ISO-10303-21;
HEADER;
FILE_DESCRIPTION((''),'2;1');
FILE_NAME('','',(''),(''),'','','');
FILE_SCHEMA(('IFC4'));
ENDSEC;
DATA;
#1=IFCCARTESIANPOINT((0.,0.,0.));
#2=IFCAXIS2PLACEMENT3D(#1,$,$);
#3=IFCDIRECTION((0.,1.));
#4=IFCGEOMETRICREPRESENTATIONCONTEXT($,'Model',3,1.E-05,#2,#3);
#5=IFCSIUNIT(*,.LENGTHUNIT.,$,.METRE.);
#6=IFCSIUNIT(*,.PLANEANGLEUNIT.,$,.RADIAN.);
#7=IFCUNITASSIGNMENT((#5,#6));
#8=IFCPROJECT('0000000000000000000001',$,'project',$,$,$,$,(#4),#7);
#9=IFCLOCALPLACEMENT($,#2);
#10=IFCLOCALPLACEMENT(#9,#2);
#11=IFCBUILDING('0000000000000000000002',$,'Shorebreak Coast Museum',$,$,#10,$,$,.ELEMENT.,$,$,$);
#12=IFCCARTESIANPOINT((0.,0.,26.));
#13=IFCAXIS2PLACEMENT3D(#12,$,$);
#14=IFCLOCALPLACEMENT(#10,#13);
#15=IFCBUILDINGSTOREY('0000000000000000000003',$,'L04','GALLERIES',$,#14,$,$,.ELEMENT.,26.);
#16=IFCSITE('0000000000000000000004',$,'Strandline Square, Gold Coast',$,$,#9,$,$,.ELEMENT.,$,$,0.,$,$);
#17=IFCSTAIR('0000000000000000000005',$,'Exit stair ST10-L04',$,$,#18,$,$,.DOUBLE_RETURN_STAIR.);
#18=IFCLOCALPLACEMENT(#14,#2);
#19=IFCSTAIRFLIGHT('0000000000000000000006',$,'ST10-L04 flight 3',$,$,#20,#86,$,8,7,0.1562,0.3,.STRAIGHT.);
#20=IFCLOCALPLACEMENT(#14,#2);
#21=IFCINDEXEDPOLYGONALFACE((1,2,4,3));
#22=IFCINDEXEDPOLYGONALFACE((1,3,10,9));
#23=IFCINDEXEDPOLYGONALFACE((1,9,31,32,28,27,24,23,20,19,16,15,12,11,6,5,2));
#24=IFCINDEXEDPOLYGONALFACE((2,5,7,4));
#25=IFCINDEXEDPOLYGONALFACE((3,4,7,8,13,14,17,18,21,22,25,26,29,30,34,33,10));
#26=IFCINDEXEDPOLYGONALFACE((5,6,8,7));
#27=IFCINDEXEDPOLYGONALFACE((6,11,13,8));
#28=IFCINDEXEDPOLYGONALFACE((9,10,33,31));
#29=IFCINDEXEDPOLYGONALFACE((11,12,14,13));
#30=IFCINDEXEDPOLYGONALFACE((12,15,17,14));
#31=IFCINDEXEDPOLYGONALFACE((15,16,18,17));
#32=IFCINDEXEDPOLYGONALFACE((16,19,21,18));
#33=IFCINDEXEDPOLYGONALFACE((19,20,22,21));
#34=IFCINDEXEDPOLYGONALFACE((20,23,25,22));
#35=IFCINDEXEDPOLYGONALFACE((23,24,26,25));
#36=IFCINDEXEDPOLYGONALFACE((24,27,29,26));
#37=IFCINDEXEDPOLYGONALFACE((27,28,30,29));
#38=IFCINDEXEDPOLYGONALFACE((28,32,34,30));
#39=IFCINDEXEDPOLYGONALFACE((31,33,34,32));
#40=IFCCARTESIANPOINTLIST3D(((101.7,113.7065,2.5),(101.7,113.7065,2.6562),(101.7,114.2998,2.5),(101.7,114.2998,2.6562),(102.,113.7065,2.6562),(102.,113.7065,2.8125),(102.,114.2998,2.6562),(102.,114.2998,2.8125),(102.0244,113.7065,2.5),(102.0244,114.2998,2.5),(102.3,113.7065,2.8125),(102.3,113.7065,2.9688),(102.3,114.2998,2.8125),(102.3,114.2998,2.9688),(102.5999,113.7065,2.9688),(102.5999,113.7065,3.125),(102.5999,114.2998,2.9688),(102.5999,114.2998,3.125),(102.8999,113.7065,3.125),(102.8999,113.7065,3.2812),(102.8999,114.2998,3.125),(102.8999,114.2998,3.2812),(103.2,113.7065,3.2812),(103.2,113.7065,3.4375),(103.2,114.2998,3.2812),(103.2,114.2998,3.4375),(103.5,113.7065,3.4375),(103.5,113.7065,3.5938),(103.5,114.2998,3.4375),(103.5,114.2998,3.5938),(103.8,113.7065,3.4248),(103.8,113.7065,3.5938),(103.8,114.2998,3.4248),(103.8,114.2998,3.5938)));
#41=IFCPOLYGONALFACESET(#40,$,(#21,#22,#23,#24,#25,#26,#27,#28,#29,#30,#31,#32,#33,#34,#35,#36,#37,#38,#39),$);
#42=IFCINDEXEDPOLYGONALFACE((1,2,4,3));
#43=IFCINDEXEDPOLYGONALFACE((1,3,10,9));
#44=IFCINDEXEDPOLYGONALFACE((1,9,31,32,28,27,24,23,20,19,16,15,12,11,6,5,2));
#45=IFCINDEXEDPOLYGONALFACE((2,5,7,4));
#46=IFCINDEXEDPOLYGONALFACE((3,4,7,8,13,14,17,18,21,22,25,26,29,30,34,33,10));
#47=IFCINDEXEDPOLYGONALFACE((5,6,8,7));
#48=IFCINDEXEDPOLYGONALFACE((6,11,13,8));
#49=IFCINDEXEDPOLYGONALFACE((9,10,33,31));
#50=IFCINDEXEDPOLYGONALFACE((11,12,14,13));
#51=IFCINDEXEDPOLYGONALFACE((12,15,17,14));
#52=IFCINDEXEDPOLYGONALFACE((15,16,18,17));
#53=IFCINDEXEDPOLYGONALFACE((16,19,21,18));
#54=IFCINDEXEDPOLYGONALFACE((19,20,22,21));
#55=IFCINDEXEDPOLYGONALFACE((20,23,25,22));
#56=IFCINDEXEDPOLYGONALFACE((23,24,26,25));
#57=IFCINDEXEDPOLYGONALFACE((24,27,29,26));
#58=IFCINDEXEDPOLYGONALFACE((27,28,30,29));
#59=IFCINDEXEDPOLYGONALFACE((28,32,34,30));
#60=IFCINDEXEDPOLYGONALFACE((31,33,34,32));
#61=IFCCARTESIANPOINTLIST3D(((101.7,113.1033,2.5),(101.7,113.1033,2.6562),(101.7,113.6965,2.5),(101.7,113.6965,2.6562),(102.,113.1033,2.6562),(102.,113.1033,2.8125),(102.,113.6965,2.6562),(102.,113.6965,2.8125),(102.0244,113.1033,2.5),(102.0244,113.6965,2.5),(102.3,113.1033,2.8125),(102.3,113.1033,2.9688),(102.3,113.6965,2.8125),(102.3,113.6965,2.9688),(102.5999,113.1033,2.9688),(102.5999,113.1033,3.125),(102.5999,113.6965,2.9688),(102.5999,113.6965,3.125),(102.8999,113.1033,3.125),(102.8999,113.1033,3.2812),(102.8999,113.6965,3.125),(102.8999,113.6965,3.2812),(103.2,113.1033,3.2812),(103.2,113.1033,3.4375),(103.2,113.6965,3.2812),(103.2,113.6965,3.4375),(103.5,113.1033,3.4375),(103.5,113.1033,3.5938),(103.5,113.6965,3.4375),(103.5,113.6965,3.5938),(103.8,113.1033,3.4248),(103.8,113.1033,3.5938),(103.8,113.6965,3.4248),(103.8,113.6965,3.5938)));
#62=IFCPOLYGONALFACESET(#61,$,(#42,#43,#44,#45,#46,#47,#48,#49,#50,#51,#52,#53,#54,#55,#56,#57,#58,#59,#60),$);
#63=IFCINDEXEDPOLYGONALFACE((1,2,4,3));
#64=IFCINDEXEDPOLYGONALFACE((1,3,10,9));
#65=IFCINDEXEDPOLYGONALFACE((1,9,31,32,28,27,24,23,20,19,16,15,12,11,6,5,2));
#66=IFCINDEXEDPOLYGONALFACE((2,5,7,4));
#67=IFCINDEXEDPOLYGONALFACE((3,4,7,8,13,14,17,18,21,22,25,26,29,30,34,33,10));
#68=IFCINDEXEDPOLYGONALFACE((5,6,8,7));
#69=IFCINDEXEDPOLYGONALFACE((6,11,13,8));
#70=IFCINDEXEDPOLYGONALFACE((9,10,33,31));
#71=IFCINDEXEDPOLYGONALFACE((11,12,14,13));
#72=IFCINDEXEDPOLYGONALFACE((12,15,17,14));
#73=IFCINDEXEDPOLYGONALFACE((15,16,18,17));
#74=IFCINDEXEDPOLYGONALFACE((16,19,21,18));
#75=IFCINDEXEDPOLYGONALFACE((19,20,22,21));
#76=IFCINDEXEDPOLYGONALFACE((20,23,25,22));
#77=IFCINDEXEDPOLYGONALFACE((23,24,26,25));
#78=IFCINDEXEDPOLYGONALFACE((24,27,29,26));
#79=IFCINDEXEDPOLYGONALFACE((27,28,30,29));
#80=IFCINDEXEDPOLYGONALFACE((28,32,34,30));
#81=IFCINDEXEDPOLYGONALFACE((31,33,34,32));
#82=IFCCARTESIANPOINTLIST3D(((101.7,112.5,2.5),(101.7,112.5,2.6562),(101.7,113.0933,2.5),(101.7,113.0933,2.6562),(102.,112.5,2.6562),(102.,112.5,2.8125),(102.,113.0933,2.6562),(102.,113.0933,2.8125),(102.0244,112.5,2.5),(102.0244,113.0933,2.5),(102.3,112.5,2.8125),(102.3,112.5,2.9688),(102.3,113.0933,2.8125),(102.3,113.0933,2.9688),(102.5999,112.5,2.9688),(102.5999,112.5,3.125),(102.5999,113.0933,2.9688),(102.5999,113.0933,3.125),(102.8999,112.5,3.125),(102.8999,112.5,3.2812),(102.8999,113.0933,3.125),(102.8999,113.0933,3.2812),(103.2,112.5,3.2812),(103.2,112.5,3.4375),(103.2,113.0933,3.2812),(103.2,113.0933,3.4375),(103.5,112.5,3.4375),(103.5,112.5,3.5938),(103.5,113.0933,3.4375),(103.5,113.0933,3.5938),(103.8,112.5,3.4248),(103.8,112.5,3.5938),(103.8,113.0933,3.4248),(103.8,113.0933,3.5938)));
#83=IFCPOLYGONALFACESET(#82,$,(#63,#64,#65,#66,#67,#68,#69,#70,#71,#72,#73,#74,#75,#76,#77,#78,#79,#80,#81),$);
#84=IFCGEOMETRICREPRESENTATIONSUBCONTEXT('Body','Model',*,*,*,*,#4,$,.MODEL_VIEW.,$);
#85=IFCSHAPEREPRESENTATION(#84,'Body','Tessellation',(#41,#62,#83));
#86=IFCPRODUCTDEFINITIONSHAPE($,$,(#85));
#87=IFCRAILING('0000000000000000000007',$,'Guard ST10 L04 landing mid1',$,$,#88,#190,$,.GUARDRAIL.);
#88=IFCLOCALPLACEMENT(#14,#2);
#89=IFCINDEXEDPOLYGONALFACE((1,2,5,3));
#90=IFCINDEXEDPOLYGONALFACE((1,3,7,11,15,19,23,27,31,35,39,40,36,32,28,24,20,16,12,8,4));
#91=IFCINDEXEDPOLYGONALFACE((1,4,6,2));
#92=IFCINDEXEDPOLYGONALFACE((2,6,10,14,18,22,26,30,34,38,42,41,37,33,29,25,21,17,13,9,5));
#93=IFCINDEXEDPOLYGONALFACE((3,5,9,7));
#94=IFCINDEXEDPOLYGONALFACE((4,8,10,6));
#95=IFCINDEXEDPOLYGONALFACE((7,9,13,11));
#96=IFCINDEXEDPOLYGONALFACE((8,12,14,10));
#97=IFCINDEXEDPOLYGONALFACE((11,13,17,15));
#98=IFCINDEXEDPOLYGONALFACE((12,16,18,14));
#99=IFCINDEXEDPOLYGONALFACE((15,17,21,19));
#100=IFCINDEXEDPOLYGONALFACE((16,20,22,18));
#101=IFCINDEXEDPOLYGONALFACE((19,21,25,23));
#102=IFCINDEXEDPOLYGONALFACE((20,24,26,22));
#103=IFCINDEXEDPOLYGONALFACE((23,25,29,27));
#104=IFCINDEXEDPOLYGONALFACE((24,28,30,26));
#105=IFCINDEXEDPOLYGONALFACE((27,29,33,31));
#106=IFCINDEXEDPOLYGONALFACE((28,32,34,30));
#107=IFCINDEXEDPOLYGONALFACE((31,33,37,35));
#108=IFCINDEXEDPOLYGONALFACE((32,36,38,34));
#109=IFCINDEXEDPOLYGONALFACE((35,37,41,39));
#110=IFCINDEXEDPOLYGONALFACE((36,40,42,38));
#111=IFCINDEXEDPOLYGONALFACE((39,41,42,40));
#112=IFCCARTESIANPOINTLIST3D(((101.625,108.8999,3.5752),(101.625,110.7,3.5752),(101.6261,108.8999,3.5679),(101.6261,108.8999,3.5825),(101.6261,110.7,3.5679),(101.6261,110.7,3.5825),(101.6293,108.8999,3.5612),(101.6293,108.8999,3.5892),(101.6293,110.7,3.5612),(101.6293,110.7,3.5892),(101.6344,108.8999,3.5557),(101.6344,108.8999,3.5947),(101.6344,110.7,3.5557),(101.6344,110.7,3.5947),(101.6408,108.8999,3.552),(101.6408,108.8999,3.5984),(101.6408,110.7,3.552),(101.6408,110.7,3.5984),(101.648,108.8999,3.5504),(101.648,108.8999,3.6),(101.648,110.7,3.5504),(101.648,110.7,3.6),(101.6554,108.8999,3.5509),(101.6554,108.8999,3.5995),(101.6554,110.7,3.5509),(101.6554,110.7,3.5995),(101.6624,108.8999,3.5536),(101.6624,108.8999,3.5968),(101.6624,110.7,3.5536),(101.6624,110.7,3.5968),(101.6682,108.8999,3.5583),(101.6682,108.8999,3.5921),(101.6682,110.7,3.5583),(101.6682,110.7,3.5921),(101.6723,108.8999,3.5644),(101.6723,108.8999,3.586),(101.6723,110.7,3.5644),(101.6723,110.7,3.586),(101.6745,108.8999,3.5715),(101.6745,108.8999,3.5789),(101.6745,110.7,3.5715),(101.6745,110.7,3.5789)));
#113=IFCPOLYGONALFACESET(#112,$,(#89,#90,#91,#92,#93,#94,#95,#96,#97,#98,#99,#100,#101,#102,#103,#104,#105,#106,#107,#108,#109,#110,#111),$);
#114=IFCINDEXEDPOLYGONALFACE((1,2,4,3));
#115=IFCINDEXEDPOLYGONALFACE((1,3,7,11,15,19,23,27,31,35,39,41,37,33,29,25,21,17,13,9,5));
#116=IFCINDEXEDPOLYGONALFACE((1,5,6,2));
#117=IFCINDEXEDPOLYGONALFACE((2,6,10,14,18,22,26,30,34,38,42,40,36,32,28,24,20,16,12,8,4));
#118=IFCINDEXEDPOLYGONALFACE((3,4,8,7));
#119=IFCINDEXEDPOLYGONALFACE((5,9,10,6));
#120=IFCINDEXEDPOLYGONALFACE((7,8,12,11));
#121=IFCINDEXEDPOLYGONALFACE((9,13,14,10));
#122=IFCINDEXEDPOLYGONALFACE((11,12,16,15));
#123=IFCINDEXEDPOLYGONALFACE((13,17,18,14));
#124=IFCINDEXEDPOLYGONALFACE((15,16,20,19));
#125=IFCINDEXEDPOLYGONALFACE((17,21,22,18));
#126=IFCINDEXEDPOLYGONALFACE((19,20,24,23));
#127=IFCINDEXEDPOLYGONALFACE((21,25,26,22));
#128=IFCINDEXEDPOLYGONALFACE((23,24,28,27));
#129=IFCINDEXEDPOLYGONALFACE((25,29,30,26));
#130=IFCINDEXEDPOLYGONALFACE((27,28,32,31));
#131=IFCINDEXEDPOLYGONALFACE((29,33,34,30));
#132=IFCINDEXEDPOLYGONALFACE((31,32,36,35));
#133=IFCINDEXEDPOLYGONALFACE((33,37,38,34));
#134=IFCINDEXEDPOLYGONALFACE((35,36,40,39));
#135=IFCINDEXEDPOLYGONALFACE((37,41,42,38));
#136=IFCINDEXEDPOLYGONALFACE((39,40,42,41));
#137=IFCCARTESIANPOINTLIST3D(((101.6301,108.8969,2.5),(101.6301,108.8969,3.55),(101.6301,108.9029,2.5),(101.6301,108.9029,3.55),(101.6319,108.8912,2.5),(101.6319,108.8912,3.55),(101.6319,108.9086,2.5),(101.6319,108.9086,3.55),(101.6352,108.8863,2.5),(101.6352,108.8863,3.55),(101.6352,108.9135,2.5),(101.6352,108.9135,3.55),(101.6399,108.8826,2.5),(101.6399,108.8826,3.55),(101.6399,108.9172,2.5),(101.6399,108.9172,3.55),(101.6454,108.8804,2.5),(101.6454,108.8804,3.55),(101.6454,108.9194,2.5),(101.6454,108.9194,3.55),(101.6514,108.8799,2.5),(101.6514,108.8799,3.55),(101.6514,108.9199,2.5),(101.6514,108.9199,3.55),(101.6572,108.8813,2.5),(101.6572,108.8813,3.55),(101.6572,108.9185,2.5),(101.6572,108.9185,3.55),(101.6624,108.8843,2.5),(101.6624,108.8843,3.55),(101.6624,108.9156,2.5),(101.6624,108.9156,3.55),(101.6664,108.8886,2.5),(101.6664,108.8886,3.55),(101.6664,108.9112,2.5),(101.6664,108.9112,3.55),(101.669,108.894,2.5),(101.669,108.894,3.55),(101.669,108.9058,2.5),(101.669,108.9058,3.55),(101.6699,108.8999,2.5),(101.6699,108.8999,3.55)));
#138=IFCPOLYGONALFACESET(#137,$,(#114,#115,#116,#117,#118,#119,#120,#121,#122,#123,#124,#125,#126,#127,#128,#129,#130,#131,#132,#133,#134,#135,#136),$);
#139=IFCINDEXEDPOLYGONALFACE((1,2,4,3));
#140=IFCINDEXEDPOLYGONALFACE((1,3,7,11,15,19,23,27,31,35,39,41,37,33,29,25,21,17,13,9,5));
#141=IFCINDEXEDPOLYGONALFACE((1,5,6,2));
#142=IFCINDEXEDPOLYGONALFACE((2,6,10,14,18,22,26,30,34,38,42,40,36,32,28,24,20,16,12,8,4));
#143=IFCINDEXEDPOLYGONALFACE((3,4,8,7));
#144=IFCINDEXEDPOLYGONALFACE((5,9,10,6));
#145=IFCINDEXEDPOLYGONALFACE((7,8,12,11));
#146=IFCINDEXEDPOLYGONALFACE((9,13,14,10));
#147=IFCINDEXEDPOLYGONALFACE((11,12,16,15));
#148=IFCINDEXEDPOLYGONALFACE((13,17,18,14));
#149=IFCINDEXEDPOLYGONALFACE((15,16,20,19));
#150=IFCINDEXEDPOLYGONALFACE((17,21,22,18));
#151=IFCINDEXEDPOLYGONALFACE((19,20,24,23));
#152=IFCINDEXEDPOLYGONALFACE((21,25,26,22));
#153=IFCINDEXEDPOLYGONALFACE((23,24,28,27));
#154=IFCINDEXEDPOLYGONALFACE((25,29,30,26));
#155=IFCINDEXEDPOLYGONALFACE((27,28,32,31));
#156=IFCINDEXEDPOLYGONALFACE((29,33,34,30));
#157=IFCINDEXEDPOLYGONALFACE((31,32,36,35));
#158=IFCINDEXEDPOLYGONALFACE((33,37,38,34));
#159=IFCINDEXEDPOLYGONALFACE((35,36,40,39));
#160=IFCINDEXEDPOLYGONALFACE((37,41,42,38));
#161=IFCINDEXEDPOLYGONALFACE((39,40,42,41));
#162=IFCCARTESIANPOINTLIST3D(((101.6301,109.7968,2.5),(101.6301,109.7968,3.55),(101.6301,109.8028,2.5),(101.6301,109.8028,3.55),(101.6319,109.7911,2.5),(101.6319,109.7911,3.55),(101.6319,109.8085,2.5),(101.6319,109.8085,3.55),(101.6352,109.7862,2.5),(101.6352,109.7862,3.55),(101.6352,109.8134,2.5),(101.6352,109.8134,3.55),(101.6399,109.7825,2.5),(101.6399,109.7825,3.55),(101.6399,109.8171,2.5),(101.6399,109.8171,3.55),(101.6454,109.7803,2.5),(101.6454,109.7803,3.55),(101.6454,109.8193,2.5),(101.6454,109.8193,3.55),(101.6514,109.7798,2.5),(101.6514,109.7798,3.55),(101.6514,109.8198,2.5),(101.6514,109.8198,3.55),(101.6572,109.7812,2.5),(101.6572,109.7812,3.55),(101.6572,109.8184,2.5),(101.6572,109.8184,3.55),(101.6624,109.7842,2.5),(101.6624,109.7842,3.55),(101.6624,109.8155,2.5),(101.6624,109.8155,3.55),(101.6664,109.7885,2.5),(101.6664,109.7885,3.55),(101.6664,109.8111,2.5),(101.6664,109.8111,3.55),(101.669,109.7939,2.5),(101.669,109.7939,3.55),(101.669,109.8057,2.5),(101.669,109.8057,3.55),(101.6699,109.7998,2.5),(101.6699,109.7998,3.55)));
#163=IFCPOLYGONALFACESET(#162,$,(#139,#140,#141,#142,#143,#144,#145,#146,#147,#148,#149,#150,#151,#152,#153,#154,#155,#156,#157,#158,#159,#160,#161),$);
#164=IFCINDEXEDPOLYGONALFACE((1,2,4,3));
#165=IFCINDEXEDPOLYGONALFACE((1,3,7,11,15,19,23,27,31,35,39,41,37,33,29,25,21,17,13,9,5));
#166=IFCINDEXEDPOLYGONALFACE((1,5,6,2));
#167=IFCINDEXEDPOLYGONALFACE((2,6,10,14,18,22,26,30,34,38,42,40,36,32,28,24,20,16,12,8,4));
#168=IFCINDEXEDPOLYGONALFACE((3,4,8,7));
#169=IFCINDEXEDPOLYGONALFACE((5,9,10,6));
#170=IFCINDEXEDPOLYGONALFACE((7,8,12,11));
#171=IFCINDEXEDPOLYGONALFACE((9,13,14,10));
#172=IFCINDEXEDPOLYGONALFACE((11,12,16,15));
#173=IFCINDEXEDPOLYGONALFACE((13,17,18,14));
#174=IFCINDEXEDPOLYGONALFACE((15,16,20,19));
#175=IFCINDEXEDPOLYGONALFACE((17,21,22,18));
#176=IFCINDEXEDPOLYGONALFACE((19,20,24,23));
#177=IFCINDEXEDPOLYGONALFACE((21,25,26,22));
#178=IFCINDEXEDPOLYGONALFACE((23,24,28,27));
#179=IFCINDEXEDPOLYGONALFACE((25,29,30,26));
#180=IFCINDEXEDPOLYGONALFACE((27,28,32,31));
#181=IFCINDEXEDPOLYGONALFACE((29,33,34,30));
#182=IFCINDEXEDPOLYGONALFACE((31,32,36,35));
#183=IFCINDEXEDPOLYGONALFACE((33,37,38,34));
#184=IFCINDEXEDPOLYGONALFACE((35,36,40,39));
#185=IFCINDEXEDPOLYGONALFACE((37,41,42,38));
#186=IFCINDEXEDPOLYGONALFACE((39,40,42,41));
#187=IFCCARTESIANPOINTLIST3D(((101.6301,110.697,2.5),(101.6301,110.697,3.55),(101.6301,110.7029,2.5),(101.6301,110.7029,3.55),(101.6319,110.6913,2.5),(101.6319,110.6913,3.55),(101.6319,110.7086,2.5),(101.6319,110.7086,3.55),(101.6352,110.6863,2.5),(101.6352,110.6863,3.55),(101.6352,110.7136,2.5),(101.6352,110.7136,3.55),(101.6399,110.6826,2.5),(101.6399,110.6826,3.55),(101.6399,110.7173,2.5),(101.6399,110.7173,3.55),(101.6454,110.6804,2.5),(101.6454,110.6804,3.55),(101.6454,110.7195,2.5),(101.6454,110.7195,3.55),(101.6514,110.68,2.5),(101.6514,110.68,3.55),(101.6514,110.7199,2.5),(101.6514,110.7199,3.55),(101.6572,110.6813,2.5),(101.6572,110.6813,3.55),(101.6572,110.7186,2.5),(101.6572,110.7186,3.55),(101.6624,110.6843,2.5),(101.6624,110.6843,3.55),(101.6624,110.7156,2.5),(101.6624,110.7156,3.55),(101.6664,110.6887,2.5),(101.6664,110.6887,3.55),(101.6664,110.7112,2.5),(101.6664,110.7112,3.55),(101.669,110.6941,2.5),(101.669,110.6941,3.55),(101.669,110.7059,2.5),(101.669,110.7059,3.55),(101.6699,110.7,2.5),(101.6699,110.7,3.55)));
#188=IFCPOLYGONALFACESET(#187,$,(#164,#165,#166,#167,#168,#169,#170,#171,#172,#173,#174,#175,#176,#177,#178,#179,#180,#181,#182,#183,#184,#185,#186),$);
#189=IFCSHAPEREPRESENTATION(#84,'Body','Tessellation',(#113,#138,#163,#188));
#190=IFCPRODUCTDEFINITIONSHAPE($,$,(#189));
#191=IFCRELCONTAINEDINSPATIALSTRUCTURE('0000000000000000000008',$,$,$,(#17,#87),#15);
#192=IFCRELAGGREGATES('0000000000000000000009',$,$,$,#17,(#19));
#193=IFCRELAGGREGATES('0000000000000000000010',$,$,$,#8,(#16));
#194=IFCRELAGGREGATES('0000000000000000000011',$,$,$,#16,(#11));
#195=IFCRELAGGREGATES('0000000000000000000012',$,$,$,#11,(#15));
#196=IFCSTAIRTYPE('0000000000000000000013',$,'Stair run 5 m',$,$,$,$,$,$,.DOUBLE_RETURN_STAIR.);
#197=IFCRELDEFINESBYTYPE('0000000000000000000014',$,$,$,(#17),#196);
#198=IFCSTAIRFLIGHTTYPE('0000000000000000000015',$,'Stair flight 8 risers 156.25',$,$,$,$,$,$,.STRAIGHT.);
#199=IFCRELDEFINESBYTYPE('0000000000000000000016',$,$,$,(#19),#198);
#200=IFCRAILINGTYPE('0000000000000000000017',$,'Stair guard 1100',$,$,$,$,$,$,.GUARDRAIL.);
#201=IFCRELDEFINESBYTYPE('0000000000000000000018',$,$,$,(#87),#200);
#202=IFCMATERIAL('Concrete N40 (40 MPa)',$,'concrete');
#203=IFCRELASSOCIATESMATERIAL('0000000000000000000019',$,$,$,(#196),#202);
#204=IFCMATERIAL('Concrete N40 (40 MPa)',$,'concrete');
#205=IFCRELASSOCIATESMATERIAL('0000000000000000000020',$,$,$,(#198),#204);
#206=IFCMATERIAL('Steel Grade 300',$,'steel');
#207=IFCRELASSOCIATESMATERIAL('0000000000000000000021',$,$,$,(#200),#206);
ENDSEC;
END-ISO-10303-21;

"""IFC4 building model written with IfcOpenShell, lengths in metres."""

from ifc_helpers import new_model, si_unit, direction, frame, origin, origin_2d, place, context, subcontext, project, spatial, polyline, circle, outline, extrude, material, type_object, element, aggregate, save


model = new_model("IFC4")

# Units and contexts
model_context = context("Model", 3, precision=1e-05, world=origin(), true_north=direction((0.0, 1.0)))
body_context = subcontext(model_context, "Body", "Model", "MODEL_VIEW")
ifc_project = project(units=[si_unit("LENGTHUNIT", "METRE"), si_unit("PLANEANGLEUNIT", "RADIAN")], contexts=[model_context])

# Site, building, storey
site_placement = place(None, origin())
site = spatial("IfcSite", under=ifc_project, at=site_placement, Name="Strandline Square, Gold Coast", CompositionType="ELEMENT", RefElevation=0.0)
building_placement = place(site_placement, origin())
building = spatial("IfcBuilding", under=site, at=building_placement, Name="Shorebreak Coast Museum", CompositionType="ELEMENT")
storey_placement = place(building_placement, frame((0.0, 0.0, 26.0)))
storey = spatial("IfcBuildingStorey", under=building, at=storey_placement, Name="L04", Description="GALLERIES", CompositionType="ELEMENT", Elevation=26.0)

# Stair, stair flight
ifc_material_1 = material(Name="Concrete N40 (40 MPa)", Category="concrete")
stair_type = type_object("IfcStairType", Name="Stair run 5 m", PredefinedType="DOUBLE_RETURN_STAIR", material=ifc_material_1)
stair_placement = place(storey_placement, origin())
stair = element("IfcStair", 1, at=stair_placement, inside=storey, type_object=stair_type, Name="Exit stair ST10-L04", PredefinedType="DOUBLE_RETURN_STAIR")
ifc_material_2 = material(Name="Concrete N40 (40 MPa)", Category="concrete")
stair_flight_type = type_object("IfcStairFlightType", Name="Stair flight 8 risers 156.25", PredefinedType="STRAIGHT", material=ifc_material_2)
stair_flight_1_placement = place(storey_placement, frame((101.7, 113.3999, 2.5), z_axis=(0.0, 0.0, 1.0), x_axis=(1.0, 0.0, 0.0)))
stair_flight_1 = element("IfcStairFlight", 2, at=stair_flight_1_placement, type_object=stair_flight_type, Name="ST10-L04 flight 3", NumberOfRisers=8, NumberOfTreads=7, PredefinedType="STRAIGHT", RiserHeight=0.1562, TreadLength=0.3, context=body_context, shape_type="SweptSolid", body=[
    extrude(outline(polyline([(0.0, 0.0), (0.0, 0.1562), (0.3, 0.1562), (0.3, 0.3125), (0.6001, 0.3125), (0.6001, 0.4688), (0.8999, 0.4688), (0.8999, 0.625), (1.2, 0.625), (1.2, 0.7812), (1.5, 0.7812), (1.5, 0.9375), (1.8, 0.9375), (1.8, 1.0938), (2.1001, 1.0938), (2.1001, 1.25), (2.1001, 0.9248), (0.3245, 0.0), (0.0, 0.0)])), frame((0.0, 0.8999, 0.0), z_axis=(0.0, -1.0, 0.0), x_axis=(1.0, 0.0, 0.0)), (0.0, 0.0, 1.0), 0.5933),
    extrude(outline(polyline([(0.0, 0.0), (0.0, 0.1562), (0.3, 0.1562), (0.3, 0.3125), (0.6001, 0.3125), (0.6001, 0.4688), (0.8999, 0.4688), (0.8999, 0.625), (1.2, 0.625), (1.2, 0.7812), (1.5, 0.7812), (1.5, 0.9375), (1.8, 0.9375), (1.8, 1.0938), (2.1001, 1.0938), (2.1001, 1.25), (2.1001, 0.9248), (0.3245, 0.0), (0.0, 0.0)])), frame((0.0, 0.2966, 0.0), z_axis=(0.0, -1.0, 0.0), x_axis=(1.0, 0.0, 0.0)), (0.0, 0.0, 1.0), 0.5933),
    extrude(outline(polyline([(0.0, 0.0), (0.0, 0.1562), (0.3, 0.1562), (0.3, 0.3125), (0.6001, 0.3125), (0.6001, 0.4688), (0.8999, 0.4688), (0.8999, 0.625), (1.2, 0.625), (1.2, 0.7812), (1.5, 0.7812), (1.5, 0.9375), (1.8, 0.9375), (1.8, 1.0938), (2.1001, 1.0938), (2.1001, 1.25), (2.1001, 0.9248), (0.3245, 0.0), (0.0, 0.0)])), frame((0.0, -0.3066, 0.0), z_axis=(0.0, -1.0, 0.0), x_axis=(1.0, 0.0, 0.0)), (0.0, 0.0, 1.0), 0.5933),
])
aggregate(stair, [stair_flight_1])

# Railing
ifc_material_3 = material(Name="Steel Grade 300", Category="steel")
railing_type_1 = type_object("IfcRailingType", Name="Stair guard 1100", PredefinedType="GUARDRAIL", material=ifc_material_3)
for number, where, name in (
    (3, (101.6499, 108.8999, 2.5), "Guard ST10 L04 landing mid1"),
):
    element("IfcRailing", number, at=place(storey_placement, frame(where)), inside=storey, type_object=railing_type_1, Name=name, PredefinedType="GUARDRAIL", context=body_context, shape_type="SweptSolid", body=[
        extrude(circle(Radius=0.0249, at=origin_2d()), frame((0.0, 0.0, 1.0752), z_axis=(0.0, 1.0, 0.0), x_axis=(-1.0, 0.0, 0.0)), (0.0, 0.0, 1.0), 1.8),
        extrude(circle(Radius=0.02, at=origin_2d()), origin(), (0.0, 0.0, 1.0), 1.05),
        extrude(circle(Radius=0.02, at=origin_2d()), frame((0.0, 0.8999, 0.0)), (0.0, 0.0, 1.0), 1.05),
        extrude(circle(Radius=0.02, at=origin_2d()), frame((0.0, 1.8, 0.0)), (0.0, 0.0, 1.0), 1.05),
    ])

save(model, "model.ifc")
